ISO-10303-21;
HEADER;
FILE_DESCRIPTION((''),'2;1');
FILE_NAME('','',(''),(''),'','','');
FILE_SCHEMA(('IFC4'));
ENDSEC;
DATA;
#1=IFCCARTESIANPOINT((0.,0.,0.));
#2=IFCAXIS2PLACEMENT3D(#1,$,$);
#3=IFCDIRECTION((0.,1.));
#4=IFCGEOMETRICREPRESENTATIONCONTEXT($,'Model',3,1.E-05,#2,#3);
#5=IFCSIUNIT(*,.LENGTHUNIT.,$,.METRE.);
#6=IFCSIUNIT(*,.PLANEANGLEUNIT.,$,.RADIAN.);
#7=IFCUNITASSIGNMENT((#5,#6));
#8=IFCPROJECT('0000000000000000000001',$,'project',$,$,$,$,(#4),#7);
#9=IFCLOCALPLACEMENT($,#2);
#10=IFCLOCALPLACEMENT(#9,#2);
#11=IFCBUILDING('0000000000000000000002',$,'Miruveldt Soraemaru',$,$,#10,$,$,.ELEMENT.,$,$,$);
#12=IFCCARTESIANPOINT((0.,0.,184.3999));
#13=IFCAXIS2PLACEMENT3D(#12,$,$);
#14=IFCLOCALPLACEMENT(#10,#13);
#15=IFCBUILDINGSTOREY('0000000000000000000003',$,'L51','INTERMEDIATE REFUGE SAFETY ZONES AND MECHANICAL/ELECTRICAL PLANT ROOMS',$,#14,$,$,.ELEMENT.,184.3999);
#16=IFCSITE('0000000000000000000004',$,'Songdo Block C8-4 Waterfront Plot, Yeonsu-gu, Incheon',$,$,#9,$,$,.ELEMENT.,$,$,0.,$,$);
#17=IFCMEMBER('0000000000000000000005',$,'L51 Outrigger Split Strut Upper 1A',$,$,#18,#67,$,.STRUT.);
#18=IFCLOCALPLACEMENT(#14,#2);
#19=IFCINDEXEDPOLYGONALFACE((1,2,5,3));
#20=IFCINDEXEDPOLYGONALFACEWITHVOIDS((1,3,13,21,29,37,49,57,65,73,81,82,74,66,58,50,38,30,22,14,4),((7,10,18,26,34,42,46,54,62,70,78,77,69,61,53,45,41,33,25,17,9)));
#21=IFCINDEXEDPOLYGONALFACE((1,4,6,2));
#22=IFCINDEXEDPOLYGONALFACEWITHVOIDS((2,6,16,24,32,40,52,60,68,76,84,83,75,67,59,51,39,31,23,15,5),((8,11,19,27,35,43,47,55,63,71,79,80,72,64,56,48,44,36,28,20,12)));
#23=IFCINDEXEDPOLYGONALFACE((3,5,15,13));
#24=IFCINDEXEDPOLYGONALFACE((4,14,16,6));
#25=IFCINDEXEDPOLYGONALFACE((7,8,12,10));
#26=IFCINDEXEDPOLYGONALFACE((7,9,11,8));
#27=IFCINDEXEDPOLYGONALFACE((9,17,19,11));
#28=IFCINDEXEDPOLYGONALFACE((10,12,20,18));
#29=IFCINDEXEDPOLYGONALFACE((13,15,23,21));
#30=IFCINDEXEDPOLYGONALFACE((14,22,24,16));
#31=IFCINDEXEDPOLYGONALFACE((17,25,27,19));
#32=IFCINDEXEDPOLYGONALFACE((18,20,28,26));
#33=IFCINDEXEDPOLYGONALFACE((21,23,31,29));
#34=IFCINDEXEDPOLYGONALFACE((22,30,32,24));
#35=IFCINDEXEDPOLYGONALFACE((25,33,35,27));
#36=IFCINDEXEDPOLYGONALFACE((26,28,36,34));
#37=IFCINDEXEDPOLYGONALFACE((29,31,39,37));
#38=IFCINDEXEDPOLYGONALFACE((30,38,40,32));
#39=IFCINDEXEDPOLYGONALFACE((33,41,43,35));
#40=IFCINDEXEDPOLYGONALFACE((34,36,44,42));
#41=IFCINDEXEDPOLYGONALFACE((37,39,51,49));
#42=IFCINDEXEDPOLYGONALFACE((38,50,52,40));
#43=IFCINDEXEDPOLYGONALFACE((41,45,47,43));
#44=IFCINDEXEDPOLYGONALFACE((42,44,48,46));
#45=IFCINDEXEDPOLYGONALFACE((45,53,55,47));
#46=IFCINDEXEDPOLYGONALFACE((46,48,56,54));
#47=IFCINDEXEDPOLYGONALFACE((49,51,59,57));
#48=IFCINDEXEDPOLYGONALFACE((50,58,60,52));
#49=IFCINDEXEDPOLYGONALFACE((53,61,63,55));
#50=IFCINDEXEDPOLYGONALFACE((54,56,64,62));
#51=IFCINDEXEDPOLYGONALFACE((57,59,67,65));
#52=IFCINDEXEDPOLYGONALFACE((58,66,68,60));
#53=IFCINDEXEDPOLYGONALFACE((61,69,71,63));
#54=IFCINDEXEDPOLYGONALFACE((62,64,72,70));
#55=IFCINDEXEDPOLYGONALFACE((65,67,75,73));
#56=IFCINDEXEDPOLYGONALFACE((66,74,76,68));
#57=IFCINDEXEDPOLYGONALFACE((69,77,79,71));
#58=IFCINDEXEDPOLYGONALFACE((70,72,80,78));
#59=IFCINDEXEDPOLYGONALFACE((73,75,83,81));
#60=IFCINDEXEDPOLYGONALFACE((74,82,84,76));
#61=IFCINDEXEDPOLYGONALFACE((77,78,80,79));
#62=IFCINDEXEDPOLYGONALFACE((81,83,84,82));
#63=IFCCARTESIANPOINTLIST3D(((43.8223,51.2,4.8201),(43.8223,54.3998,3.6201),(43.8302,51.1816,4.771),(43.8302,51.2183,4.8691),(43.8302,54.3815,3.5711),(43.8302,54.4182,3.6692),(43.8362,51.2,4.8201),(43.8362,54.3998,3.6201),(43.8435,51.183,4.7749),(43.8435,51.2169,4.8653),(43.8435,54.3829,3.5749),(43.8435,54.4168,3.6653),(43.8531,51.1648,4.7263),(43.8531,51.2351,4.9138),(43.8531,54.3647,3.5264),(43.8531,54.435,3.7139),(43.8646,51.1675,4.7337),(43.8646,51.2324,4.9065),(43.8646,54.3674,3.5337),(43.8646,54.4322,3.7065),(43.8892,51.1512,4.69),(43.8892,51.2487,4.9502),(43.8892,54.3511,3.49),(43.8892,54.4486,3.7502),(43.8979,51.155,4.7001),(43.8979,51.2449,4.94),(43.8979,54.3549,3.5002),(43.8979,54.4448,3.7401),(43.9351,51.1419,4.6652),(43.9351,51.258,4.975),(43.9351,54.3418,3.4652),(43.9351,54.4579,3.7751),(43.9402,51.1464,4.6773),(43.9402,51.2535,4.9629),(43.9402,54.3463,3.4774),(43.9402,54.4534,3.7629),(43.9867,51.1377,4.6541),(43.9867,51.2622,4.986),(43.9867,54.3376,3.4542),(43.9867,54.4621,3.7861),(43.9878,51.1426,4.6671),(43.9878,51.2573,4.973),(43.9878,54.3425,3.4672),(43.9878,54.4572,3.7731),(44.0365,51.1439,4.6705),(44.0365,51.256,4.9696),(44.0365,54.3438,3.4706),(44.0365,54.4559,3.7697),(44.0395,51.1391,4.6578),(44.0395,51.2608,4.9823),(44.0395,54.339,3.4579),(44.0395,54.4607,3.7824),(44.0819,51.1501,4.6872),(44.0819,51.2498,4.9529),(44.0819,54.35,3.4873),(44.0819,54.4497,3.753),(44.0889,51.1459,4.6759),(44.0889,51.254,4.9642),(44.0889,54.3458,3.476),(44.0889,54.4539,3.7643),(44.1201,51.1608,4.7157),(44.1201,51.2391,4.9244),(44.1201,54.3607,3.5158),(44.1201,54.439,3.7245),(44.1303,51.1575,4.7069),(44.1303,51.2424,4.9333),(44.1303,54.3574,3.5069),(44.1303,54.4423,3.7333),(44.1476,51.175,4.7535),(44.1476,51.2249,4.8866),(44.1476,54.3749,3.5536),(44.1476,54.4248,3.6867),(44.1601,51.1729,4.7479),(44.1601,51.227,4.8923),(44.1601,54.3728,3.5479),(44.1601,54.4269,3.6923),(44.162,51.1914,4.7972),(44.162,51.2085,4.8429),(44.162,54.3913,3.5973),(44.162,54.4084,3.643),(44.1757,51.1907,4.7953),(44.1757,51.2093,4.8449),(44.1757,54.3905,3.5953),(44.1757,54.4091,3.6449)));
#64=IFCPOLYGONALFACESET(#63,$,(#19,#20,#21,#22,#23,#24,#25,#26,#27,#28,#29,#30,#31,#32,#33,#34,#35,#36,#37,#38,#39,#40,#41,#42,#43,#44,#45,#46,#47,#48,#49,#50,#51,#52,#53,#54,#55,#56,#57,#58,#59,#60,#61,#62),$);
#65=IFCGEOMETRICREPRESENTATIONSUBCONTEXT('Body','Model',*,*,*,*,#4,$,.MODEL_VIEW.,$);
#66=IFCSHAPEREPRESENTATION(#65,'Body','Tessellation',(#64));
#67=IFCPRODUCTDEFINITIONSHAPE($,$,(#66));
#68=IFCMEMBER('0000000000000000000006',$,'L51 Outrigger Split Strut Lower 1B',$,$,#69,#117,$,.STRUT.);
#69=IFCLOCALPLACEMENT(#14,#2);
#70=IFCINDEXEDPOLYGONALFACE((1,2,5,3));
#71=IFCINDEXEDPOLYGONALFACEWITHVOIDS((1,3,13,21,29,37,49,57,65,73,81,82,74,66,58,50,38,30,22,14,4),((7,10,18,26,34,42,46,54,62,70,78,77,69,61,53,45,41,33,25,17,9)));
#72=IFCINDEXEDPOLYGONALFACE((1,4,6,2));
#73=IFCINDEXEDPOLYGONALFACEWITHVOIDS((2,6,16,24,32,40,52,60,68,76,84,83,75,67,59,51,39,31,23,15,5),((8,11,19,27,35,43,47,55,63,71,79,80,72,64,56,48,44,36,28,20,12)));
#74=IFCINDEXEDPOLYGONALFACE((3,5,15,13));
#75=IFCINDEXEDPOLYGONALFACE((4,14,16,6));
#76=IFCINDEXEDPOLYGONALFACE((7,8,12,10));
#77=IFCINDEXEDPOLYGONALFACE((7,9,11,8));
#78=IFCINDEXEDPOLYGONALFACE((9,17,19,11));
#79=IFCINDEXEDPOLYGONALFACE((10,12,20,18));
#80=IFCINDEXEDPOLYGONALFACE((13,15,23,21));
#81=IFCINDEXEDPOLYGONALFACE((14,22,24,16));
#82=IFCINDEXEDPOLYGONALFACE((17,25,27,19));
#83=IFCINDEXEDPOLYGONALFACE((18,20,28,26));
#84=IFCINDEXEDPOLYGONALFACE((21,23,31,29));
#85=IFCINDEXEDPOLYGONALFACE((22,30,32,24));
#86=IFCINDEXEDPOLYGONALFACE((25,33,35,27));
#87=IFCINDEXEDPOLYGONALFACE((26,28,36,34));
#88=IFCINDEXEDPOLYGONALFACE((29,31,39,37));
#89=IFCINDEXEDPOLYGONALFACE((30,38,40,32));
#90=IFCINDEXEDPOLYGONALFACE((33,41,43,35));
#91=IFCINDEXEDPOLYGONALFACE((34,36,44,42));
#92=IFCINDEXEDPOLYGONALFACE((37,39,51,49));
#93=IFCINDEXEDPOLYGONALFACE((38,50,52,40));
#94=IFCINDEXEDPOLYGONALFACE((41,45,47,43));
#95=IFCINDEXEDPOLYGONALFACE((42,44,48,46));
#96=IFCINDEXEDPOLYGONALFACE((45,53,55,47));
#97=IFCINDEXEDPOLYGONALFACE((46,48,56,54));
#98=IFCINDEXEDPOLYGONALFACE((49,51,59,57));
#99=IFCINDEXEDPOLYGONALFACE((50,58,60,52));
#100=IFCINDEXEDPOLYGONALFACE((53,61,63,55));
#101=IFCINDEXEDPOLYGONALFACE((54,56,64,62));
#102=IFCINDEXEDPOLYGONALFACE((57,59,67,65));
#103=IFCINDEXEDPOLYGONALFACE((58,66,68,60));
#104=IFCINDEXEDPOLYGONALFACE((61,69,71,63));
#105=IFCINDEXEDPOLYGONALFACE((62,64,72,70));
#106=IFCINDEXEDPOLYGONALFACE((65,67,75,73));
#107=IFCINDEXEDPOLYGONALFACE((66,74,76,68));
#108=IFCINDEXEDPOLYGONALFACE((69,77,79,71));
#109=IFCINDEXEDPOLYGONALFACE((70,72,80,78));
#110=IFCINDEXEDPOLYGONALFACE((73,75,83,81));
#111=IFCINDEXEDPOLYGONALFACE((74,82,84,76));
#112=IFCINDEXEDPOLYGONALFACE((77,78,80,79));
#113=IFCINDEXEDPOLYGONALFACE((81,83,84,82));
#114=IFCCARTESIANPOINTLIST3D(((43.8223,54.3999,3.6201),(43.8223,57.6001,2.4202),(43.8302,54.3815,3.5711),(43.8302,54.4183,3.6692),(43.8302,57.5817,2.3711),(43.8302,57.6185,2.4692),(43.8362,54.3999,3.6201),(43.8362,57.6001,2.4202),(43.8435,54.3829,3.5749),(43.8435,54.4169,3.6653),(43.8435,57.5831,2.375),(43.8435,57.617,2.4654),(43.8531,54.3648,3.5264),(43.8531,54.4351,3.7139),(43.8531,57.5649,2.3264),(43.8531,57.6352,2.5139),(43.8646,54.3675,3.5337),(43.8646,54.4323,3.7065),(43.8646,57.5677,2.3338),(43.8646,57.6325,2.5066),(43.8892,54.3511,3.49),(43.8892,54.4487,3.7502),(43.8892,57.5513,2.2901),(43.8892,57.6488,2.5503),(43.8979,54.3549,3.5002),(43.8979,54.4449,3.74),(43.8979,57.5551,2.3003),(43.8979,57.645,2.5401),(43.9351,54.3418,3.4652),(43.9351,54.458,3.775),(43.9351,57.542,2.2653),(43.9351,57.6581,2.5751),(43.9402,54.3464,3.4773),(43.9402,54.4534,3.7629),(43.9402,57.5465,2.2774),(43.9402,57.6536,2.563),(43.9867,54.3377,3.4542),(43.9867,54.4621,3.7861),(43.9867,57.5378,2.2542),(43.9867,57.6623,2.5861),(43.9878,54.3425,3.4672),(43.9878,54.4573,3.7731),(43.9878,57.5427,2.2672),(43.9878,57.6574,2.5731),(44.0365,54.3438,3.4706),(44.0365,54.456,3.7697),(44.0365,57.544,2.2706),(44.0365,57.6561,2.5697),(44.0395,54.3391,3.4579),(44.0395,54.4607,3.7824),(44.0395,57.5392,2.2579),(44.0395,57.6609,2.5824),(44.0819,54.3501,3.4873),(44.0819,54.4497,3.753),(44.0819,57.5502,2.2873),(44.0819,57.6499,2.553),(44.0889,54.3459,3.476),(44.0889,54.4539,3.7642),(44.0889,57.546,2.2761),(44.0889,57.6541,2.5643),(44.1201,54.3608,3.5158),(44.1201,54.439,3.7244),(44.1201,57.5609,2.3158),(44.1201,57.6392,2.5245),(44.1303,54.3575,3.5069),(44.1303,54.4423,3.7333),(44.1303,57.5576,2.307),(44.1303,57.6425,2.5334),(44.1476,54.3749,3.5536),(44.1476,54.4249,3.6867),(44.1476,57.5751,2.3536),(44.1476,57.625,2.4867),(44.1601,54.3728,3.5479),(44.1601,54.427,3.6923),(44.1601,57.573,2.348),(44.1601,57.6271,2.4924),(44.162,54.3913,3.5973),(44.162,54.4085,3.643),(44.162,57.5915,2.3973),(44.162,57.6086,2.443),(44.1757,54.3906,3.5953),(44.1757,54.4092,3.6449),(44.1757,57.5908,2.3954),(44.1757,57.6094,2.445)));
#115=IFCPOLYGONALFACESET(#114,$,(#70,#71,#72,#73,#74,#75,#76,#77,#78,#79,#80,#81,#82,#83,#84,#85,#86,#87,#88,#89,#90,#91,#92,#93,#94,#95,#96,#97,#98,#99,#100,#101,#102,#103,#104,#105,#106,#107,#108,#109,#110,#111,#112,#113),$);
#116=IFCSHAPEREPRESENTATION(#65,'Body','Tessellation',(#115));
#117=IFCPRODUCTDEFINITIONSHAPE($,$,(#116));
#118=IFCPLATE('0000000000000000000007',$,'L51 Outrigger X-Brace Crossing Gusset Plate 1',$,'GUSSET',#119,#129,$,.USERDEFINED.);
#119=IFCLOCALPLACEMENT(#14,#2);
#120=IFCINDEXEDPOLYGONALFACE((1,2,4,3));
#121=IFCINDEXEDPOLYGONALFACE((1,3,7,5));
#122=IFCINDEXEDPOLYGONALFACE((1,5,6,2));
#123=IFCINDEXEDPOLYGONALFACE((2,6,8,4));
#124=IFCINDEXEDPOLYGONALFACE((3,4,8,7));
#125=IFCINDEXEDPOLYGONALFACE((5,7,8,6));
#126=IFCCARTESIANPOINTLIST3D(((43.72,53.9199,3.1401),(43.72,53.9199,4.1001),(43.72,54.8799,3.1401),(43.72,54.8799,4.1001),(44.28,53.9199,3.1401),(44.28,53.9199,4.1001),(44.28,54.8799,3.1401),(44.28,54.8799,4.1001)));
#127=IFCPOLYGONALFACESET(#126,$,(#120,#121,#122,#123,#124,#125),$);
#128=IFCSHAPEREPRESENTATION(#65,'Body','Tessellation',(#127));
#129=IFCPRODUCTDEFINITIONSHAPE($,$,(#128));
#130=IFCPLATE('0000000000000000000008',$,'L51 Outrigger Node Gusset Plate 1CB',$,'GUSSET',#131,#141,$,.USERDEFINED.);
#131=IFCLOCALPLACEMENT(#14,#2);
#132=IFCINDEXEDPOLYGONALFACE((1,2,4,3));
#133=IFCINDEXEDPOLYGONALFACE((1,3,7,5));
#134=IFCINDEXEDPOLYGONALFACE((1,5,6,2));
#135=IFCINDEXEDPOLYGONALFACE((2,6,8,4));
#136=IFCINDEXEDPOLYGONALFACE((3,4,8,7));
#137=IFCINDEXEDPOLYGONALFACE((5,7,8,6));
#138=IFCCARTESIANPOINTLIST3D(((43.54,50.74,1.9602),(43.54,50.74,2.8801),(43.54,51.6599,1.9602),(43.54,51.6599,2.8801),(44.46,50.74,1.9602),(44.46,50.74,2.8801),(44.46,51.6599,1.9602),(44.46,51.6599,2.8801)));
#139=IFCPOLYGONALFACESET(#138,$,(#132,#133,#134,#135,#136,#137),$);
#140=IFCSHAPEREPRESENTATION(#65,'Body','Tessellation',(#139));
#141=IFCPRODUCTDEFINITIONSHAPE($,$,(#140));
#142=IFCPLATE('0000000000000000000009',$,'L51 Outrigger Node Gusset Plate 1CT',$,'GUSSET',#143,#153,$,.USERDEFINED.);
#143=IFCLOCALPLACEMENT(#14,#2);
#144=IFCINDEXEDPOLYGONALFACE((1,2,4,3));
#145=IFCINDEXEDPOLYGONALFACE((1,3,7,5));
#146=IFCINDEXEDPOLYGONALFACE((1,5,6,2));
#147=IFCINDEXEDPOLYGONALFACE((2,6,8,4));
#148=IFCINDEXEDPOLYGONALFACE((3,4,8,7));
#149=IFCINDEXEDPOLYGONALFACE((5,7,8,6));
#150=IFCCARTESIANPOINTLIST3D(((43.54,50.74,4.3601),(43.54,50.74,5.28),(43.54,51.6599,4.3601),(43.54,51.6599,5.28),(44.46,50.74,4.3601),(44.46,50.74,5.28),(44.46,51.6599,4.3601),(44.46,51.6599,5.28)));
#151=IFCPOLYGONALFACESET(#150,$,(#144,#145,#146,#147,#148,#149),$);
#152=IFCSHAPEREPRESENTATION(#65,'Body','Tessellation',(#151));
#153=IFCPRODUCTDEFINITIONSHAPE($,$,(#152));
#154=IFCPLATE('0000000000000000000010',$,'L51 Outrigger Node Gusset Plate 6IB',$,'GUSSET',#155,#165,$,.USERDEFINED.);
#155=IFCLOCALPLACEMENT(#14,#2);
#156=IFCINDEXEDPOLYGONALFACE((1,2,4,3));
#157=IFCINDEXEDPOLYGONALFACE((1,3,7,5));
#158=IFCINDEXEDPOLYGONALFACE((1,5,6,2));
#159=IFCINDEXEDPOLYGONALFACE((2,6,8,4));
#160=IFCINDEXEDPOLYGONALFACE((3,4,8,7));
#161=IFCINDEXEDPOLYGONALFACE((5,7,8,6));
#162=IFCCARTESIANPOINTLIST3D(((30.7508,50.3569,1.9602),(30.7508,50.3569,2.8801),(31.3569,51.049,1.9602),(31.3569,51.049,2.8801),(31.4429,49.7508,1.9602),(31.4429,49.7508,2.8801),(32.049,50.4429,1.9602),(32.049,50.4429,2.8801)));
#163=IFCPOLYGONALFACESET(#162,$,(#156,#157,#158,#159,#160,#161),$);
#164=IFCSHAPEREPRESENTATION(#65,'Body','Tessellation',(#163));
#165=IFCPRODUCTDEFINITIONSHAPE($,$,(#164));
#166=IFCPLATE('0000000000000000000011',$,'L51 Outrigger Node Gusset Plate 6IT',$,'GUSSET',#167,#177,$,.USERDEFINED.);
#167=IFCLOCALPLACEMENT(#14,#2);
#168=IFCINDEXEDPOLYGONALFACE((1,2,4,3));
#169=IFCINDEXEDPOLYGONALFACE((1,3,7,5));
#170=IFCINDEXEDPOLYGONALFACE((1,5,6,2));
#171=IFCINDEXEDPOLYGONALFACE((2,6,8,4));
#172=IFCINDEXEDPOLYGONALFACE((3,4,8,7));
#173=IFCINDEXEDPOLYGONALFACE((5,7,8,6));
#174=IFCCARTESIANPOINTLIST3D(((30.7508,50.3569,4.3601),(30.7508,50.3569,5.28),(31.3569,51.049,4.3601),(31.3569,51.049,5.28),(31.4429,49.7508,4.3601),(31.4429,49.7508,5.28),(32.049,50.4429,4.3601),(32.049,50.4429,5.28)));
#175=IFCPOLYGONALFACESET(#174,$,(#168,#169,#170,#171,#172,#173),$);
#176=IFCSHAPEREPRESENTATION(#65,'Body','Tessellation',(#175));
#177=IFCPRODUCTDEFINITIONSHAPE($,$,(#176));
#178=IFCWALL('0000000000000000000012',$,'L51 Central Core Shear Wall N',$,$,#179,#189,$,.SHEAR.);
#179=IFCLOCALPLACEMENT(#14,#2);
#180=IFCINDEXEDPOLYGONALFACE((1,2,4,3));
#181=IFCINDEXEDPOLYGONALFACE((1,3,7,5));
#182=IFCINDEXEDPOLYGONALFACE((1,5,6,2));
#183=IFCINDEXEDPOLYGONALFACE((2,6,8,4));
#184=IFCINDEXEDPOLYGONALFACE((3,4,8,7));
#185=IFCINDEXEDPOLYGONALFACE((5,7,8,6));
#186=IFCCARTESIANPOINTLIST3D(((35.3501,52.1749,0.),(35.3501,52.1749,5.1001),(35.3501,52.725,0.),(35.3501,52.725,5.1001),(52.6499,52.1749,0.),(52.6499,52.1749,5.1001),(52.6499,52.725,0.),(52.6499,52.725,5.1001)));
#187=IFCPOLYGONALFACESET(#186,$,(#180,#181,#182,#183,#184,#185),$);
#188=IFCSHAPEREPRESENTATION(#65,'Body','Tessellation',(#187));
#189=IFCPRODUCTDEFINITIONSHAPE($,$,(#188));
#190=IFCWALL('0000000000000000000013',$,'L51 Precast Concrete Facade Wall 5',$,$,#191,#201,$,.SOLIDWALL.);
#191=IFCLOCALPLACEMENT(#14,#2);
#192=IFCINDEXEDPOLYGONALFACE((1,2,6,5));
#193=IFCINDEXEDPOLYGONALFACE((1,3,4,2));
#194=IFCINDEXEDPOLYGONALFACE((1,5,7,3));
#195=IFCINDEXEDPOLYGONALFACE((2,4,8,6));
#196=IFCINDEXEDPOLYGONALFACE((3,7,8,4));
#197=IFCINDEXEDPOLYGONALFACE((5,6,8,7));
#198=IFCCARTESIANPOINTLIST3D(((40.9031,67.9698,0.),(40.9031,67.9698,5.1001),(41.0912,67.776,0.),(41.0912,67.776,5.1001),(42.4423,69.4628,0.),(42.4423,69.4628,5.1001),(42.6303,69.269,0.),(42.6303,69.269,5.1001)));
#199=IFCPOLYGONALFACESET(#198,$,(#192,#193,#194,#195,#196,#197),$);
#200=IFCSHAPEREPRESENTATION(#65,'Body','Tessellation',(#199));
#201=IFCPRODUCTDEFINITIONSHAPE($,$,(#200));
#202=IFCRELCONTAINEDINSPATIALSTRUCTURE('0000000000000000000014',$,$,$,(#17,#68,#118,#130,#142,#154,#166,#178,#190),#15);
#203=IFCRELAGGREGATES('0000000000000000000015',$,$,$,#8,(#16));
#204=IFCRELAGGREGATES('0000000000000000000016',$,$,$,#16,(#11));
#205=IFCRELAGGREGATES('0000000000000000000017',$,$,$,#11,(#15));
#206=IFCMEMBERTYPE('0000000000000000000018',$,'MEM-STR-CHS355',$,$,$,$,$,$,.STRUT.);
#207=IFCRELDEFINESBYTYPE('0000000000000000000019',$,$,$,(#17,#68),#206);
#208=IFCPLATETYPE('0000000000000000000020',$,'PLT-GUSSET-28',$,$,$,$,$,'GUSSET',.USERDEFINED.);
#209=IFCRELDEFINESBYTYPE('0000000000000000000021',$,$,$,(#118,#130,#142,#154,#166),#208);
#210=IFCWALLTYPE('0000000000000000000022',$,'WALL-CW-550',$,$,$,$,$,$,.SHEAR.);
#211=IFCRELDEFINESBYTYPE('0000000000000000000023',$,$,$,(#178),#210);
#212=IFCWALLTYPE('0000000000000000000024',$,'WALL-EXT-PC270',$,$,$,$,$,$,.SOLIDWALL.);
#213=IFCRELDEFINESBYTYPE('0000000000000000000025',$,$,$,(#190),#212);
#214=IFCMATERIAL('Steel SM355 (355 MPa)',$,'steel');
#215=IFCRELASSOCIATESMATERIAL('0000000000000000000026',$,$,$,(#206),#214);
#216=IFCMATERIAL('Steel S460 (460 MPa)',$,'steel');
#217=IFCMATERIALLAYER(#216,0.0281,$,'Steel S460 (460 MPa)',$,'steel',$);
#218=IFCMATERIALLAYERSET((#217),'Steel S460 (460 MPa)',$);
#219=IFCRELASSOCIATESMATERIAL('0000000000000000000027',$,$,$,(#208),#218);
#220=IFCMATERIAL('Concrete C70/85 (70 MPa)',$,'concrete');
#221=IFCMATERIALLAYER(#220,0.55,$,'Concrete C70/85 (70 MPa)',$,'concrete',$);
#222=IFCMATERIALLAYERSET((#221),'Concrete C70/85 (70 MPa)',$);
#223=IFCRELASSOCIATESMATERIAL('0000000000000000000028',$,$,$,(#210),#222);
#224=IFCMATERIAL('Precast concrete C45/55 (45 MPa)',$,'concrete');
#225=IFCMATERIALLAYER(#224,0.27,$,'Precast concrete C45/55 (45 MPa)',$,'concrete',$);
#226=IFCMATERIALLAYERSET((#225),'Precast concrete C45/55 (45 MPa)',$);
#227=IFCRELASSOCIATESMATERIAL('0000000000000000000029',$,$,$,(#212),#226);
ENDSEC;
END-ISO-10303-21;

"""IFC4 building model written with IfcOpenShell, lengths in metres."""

from ifc_helpers import new_model, si_unit, direction, frame, frame_2d, origin, origin_2d, place, context, subcontext, project, spatial, rectangle, hollow_circle, extrude, material, layer, layer_set, material_profile, profile_set, type_object, element, save


model = new_model("IFC4")

# Units and contexts
model_context = context("Model", 3, precision=1e-05, world=origin(), true_north=direction((0.0, 1.0)))
body_context = subcontext(model_context, "Body", "Model", "MODEL_VIEW")
ifc_project = project(units=[si_unit("LENGTHUNIT", "METRE"), si_unit("PLANEANGLEUNIT", "RADIAN")], contexts=[model_context])

# Site, building, storey
site_placement = place(None, origin())
site = spatial("IfcSite", under=ifc_project, at=site_placement, Name="Songdo Block C8-4 Waterfront Plot, Yeonsu-gu, Incheon", CompositionType="ELEMENT", RefElevation=0.0)
building_placement = place(site_placement, origin())
building = spatial("IfcBuilding", under=site, at=building_placement, Name="Miruveldt Soraemaru", CompositionType="ELEMENT")
storey_placement = place(building_placement, frame((0.0, 0.0, 184.3999)))
storey = spatial("IfcBuildingStorey", under=building, at=storey_placement, Name="L51", Description="INTERMEDIATE REFUGE SAFETY ZONES AND MECHANICAL/ELECTRICAL PLANT ROOMS", CompositionType="ELEMENT", Elevation=184.3999)

# Shared definitions
ifc_material_1 = material(Name="Concrete C70/85 (70 MPa)", Category="concrete")

# Shared definitions
ifc_material_2 = material(Name="Steel SM355 (355 MPa)", Category="steel")
ifc_material_3 = material(Name="Steel S460 (460 MPa)", Category="steel")

# Members
ifc_material_profile_1 = material_profile(ifc_material_2, hollow_circle(Radius=0.1777, WallThickness=0.0139, at=origin_2d()), Name="Steel SM355 (355 MPa)", Category="steel")
ifc_profile_set_1 = profile_set([ifc_material_profile_1], Name="Steel SM355 (355 MPa)")
member_type_1 = type_object("IfcMemberType", Name="MEM-STR-CHS355", PredefinedType="STRUT", material=ifc_profile_set_1)
member_1_placement = place(storey_placement, frame((44.0, 51.2, 4.8201), z_axis=(0.0, 0.936332, -0.351116), x_axis=(-1.0, 0.0, 0.0)))
element("IfcMember", 1, at=member_1_placement, inside=storey, type_object=member_type_1, Name="L51 Outrigger Split Strut Upper 1A", PredefinedType="STRUT", context=body_context, shape_type="SweptSolid", body=[
    extrude(hollow_circle(Radius=0.1777, WallThickness=0.0139, at=origin_2d()), origin(), (0.0, 0.0, 1.0), 3.4175),
])
member_2_placement = place(storey_placement, frame((44.0, 54.3999, 3.6201), z_axis=(0.0, 0.936341, -0.351092), x_axis=(-1.0, 0.0, 0.0)))
element("IfcMember", 2, at=member_2_placement, inside=storey, type_object=member_type_1, Name="L51 Outrigger Split Strut Lower 1B", PredefinedType="STRUT", context=body_context, shape_type="SweptSolid", body=[
    extrude(hollow_circle(Radius=0.1777, WallThickness=0.0139, at=origin_2d()), origin(), (0.0, 0.0, 1.0), 3.4177),
])

# Plates
ifc_layer_1 = layer(ifc_material_3, 0.0281, Name="Steel S460 (460 MPa)", Category="steel")
ifc_layer_set_1 = layer_set([ifc_layer_1], Name="Steel S460 (460 MPa)")
plate_type = type_object("IfcPlateType", Name="PLT-GUSSET-28", ElementType="GUSSET", PredefinedType="USERDEFINED", material=ifc_layer_set_1)
plate_placement = place(storey_placement, frame((44.0, 54.3999, 3.1401), z_axis=(0.0, 0.0, 1.0), x_axis=(0.0, 1.0, 0.0)))
element("IfcPlate", 3, at=plate_placement, inside=storey, type_object=plate_type, Name="L51 Outrigger X-Brace Crossing Gusset Plate 1", ObjectType="GUSSET", PredefinedType="USERDEFINED", context=body_context, shape_type="SweptSolid", body=[
    extrude(rectangle(XDim=0.96, YDim=0.5601, at=origin_2d()), origin(), (0.0, 0.0, 1.0), 0.96),
])
for number, where, z_axis, x_axis, name in (
    (4, (44.0, 51.2, 1.9602), (0.0, 0.0, 1.0), (0.0, 1.0, 0.0), "L51 Outrigger Node Gusset Plate 1CB"),
    (5, (44.0, 51.2, 4.3601), (0.0, 0.0, 1.0), (0.0, 1.0, 0.0), "L51 Outrigger Node Gusset Plate 1CT"),
    (6, (31.3999, 50.3999, 1.9602), (0.0, 0.0, 1.0), (-0.7523, 0.658821, 0.0), "L51 Outrigger Node Gusset Plate 6IB"),
    (7, (31.3999, 50.3999, 4.3601), (0.0, 0.0, 1.0), (-0.7523, 0.658821, 0.0), "L51 Outrigger Node Gusset Plate 6IT"),
):
    element("IfcPlate", number, at=place(storey_placement, frame(where, z_axis=z_axis, x_axis=x_axis)), inside=storey, type_object=plate_type, Name=name, ObjectType="GUSSET", PredefinedType="USERDEFINED", context=body_context, shape_type="SweptSolid", body=[
        extrude(rectangle(XDim=0.9199, YDim=0.9199, at=origin_2d()), origin(), (0.0, 0.0, 1.0), 0.9199),
    ])

# Walls
ifc_layer_2 = layer(ifc_material_1, 0.55, Name="Concrete C70/85 (70 MPa)", Category="concrete")
ifc_layer_set_2 = layer_set([ifc_layer_2], Name="Concrete C70/85 (70 MPa)")
wall_type_1 = type_object("IfcWallType", Name="WALL-CW-550", PredefinedType="SHEAR", material=ifc_layer_set_2)
wall_1_placement = place(storey_placement, frame((35.3501, 52.45, 0.0), z_axis=(0.0, 0.0, 1.0), x_axis=(1.0, 0.0, 0.0)))
element("IfcWall", 8, at=wall_1_placement, inside=storey, type_object=wall_type_1, Name="L51 Central Core Shear Wall N", PredefinedType="SHEAR", context=body_context, shape_type="SweptSolid", body=[
    extrude(rectangle(XDim=17.2998, YDim=0.55, at=frame_2d((8.6499, 0.0))), origin(), (0.0, 0.0, 1.0), 5.1001),
])
ifc_material_4 = material(Name="Precast concrete C45/55 (45 MPa)", Category="concrete")
ifc_layer_3 = layer(ifc_material_4, 0.27, Name="Precast concrete C45/55 (45 MPa)", Category="concrete")
ifc_layer_set_3 = layer_set([ifc_layer_3], Name="Precast concrete C45/55 (45 MPa)")
wall_type_2 = type_object("IfcWallType", Name="WALL-EXT-PC270", PredefinedType="SOLIDWALL", material=ifc_layer_set_3)
wall_2_placement = place(storey_placement, frame((42.5364, 69.366, 0.0), z_axis=(0.0, 0.0, 1.0), x_axis=(-0.717785, -0.696265, 0.0)))
element("IfcWall", 9, at=wall_2_placement, inside=storey, type_object=wall_type_2, Name="L51 Precast Concrete Facade Wall 5", PredefinedType="SOLIDWALL", context=body_context, shape_type="SweptSolid", body=[
    extrude(rectangle(XDim=2.1443, YDim=0.27, at=frame_2d((1.0723, 0.0))), origin(), (0.0, 0.0, 1.0), 5.1001),
])

save(model, "model.ifc")
